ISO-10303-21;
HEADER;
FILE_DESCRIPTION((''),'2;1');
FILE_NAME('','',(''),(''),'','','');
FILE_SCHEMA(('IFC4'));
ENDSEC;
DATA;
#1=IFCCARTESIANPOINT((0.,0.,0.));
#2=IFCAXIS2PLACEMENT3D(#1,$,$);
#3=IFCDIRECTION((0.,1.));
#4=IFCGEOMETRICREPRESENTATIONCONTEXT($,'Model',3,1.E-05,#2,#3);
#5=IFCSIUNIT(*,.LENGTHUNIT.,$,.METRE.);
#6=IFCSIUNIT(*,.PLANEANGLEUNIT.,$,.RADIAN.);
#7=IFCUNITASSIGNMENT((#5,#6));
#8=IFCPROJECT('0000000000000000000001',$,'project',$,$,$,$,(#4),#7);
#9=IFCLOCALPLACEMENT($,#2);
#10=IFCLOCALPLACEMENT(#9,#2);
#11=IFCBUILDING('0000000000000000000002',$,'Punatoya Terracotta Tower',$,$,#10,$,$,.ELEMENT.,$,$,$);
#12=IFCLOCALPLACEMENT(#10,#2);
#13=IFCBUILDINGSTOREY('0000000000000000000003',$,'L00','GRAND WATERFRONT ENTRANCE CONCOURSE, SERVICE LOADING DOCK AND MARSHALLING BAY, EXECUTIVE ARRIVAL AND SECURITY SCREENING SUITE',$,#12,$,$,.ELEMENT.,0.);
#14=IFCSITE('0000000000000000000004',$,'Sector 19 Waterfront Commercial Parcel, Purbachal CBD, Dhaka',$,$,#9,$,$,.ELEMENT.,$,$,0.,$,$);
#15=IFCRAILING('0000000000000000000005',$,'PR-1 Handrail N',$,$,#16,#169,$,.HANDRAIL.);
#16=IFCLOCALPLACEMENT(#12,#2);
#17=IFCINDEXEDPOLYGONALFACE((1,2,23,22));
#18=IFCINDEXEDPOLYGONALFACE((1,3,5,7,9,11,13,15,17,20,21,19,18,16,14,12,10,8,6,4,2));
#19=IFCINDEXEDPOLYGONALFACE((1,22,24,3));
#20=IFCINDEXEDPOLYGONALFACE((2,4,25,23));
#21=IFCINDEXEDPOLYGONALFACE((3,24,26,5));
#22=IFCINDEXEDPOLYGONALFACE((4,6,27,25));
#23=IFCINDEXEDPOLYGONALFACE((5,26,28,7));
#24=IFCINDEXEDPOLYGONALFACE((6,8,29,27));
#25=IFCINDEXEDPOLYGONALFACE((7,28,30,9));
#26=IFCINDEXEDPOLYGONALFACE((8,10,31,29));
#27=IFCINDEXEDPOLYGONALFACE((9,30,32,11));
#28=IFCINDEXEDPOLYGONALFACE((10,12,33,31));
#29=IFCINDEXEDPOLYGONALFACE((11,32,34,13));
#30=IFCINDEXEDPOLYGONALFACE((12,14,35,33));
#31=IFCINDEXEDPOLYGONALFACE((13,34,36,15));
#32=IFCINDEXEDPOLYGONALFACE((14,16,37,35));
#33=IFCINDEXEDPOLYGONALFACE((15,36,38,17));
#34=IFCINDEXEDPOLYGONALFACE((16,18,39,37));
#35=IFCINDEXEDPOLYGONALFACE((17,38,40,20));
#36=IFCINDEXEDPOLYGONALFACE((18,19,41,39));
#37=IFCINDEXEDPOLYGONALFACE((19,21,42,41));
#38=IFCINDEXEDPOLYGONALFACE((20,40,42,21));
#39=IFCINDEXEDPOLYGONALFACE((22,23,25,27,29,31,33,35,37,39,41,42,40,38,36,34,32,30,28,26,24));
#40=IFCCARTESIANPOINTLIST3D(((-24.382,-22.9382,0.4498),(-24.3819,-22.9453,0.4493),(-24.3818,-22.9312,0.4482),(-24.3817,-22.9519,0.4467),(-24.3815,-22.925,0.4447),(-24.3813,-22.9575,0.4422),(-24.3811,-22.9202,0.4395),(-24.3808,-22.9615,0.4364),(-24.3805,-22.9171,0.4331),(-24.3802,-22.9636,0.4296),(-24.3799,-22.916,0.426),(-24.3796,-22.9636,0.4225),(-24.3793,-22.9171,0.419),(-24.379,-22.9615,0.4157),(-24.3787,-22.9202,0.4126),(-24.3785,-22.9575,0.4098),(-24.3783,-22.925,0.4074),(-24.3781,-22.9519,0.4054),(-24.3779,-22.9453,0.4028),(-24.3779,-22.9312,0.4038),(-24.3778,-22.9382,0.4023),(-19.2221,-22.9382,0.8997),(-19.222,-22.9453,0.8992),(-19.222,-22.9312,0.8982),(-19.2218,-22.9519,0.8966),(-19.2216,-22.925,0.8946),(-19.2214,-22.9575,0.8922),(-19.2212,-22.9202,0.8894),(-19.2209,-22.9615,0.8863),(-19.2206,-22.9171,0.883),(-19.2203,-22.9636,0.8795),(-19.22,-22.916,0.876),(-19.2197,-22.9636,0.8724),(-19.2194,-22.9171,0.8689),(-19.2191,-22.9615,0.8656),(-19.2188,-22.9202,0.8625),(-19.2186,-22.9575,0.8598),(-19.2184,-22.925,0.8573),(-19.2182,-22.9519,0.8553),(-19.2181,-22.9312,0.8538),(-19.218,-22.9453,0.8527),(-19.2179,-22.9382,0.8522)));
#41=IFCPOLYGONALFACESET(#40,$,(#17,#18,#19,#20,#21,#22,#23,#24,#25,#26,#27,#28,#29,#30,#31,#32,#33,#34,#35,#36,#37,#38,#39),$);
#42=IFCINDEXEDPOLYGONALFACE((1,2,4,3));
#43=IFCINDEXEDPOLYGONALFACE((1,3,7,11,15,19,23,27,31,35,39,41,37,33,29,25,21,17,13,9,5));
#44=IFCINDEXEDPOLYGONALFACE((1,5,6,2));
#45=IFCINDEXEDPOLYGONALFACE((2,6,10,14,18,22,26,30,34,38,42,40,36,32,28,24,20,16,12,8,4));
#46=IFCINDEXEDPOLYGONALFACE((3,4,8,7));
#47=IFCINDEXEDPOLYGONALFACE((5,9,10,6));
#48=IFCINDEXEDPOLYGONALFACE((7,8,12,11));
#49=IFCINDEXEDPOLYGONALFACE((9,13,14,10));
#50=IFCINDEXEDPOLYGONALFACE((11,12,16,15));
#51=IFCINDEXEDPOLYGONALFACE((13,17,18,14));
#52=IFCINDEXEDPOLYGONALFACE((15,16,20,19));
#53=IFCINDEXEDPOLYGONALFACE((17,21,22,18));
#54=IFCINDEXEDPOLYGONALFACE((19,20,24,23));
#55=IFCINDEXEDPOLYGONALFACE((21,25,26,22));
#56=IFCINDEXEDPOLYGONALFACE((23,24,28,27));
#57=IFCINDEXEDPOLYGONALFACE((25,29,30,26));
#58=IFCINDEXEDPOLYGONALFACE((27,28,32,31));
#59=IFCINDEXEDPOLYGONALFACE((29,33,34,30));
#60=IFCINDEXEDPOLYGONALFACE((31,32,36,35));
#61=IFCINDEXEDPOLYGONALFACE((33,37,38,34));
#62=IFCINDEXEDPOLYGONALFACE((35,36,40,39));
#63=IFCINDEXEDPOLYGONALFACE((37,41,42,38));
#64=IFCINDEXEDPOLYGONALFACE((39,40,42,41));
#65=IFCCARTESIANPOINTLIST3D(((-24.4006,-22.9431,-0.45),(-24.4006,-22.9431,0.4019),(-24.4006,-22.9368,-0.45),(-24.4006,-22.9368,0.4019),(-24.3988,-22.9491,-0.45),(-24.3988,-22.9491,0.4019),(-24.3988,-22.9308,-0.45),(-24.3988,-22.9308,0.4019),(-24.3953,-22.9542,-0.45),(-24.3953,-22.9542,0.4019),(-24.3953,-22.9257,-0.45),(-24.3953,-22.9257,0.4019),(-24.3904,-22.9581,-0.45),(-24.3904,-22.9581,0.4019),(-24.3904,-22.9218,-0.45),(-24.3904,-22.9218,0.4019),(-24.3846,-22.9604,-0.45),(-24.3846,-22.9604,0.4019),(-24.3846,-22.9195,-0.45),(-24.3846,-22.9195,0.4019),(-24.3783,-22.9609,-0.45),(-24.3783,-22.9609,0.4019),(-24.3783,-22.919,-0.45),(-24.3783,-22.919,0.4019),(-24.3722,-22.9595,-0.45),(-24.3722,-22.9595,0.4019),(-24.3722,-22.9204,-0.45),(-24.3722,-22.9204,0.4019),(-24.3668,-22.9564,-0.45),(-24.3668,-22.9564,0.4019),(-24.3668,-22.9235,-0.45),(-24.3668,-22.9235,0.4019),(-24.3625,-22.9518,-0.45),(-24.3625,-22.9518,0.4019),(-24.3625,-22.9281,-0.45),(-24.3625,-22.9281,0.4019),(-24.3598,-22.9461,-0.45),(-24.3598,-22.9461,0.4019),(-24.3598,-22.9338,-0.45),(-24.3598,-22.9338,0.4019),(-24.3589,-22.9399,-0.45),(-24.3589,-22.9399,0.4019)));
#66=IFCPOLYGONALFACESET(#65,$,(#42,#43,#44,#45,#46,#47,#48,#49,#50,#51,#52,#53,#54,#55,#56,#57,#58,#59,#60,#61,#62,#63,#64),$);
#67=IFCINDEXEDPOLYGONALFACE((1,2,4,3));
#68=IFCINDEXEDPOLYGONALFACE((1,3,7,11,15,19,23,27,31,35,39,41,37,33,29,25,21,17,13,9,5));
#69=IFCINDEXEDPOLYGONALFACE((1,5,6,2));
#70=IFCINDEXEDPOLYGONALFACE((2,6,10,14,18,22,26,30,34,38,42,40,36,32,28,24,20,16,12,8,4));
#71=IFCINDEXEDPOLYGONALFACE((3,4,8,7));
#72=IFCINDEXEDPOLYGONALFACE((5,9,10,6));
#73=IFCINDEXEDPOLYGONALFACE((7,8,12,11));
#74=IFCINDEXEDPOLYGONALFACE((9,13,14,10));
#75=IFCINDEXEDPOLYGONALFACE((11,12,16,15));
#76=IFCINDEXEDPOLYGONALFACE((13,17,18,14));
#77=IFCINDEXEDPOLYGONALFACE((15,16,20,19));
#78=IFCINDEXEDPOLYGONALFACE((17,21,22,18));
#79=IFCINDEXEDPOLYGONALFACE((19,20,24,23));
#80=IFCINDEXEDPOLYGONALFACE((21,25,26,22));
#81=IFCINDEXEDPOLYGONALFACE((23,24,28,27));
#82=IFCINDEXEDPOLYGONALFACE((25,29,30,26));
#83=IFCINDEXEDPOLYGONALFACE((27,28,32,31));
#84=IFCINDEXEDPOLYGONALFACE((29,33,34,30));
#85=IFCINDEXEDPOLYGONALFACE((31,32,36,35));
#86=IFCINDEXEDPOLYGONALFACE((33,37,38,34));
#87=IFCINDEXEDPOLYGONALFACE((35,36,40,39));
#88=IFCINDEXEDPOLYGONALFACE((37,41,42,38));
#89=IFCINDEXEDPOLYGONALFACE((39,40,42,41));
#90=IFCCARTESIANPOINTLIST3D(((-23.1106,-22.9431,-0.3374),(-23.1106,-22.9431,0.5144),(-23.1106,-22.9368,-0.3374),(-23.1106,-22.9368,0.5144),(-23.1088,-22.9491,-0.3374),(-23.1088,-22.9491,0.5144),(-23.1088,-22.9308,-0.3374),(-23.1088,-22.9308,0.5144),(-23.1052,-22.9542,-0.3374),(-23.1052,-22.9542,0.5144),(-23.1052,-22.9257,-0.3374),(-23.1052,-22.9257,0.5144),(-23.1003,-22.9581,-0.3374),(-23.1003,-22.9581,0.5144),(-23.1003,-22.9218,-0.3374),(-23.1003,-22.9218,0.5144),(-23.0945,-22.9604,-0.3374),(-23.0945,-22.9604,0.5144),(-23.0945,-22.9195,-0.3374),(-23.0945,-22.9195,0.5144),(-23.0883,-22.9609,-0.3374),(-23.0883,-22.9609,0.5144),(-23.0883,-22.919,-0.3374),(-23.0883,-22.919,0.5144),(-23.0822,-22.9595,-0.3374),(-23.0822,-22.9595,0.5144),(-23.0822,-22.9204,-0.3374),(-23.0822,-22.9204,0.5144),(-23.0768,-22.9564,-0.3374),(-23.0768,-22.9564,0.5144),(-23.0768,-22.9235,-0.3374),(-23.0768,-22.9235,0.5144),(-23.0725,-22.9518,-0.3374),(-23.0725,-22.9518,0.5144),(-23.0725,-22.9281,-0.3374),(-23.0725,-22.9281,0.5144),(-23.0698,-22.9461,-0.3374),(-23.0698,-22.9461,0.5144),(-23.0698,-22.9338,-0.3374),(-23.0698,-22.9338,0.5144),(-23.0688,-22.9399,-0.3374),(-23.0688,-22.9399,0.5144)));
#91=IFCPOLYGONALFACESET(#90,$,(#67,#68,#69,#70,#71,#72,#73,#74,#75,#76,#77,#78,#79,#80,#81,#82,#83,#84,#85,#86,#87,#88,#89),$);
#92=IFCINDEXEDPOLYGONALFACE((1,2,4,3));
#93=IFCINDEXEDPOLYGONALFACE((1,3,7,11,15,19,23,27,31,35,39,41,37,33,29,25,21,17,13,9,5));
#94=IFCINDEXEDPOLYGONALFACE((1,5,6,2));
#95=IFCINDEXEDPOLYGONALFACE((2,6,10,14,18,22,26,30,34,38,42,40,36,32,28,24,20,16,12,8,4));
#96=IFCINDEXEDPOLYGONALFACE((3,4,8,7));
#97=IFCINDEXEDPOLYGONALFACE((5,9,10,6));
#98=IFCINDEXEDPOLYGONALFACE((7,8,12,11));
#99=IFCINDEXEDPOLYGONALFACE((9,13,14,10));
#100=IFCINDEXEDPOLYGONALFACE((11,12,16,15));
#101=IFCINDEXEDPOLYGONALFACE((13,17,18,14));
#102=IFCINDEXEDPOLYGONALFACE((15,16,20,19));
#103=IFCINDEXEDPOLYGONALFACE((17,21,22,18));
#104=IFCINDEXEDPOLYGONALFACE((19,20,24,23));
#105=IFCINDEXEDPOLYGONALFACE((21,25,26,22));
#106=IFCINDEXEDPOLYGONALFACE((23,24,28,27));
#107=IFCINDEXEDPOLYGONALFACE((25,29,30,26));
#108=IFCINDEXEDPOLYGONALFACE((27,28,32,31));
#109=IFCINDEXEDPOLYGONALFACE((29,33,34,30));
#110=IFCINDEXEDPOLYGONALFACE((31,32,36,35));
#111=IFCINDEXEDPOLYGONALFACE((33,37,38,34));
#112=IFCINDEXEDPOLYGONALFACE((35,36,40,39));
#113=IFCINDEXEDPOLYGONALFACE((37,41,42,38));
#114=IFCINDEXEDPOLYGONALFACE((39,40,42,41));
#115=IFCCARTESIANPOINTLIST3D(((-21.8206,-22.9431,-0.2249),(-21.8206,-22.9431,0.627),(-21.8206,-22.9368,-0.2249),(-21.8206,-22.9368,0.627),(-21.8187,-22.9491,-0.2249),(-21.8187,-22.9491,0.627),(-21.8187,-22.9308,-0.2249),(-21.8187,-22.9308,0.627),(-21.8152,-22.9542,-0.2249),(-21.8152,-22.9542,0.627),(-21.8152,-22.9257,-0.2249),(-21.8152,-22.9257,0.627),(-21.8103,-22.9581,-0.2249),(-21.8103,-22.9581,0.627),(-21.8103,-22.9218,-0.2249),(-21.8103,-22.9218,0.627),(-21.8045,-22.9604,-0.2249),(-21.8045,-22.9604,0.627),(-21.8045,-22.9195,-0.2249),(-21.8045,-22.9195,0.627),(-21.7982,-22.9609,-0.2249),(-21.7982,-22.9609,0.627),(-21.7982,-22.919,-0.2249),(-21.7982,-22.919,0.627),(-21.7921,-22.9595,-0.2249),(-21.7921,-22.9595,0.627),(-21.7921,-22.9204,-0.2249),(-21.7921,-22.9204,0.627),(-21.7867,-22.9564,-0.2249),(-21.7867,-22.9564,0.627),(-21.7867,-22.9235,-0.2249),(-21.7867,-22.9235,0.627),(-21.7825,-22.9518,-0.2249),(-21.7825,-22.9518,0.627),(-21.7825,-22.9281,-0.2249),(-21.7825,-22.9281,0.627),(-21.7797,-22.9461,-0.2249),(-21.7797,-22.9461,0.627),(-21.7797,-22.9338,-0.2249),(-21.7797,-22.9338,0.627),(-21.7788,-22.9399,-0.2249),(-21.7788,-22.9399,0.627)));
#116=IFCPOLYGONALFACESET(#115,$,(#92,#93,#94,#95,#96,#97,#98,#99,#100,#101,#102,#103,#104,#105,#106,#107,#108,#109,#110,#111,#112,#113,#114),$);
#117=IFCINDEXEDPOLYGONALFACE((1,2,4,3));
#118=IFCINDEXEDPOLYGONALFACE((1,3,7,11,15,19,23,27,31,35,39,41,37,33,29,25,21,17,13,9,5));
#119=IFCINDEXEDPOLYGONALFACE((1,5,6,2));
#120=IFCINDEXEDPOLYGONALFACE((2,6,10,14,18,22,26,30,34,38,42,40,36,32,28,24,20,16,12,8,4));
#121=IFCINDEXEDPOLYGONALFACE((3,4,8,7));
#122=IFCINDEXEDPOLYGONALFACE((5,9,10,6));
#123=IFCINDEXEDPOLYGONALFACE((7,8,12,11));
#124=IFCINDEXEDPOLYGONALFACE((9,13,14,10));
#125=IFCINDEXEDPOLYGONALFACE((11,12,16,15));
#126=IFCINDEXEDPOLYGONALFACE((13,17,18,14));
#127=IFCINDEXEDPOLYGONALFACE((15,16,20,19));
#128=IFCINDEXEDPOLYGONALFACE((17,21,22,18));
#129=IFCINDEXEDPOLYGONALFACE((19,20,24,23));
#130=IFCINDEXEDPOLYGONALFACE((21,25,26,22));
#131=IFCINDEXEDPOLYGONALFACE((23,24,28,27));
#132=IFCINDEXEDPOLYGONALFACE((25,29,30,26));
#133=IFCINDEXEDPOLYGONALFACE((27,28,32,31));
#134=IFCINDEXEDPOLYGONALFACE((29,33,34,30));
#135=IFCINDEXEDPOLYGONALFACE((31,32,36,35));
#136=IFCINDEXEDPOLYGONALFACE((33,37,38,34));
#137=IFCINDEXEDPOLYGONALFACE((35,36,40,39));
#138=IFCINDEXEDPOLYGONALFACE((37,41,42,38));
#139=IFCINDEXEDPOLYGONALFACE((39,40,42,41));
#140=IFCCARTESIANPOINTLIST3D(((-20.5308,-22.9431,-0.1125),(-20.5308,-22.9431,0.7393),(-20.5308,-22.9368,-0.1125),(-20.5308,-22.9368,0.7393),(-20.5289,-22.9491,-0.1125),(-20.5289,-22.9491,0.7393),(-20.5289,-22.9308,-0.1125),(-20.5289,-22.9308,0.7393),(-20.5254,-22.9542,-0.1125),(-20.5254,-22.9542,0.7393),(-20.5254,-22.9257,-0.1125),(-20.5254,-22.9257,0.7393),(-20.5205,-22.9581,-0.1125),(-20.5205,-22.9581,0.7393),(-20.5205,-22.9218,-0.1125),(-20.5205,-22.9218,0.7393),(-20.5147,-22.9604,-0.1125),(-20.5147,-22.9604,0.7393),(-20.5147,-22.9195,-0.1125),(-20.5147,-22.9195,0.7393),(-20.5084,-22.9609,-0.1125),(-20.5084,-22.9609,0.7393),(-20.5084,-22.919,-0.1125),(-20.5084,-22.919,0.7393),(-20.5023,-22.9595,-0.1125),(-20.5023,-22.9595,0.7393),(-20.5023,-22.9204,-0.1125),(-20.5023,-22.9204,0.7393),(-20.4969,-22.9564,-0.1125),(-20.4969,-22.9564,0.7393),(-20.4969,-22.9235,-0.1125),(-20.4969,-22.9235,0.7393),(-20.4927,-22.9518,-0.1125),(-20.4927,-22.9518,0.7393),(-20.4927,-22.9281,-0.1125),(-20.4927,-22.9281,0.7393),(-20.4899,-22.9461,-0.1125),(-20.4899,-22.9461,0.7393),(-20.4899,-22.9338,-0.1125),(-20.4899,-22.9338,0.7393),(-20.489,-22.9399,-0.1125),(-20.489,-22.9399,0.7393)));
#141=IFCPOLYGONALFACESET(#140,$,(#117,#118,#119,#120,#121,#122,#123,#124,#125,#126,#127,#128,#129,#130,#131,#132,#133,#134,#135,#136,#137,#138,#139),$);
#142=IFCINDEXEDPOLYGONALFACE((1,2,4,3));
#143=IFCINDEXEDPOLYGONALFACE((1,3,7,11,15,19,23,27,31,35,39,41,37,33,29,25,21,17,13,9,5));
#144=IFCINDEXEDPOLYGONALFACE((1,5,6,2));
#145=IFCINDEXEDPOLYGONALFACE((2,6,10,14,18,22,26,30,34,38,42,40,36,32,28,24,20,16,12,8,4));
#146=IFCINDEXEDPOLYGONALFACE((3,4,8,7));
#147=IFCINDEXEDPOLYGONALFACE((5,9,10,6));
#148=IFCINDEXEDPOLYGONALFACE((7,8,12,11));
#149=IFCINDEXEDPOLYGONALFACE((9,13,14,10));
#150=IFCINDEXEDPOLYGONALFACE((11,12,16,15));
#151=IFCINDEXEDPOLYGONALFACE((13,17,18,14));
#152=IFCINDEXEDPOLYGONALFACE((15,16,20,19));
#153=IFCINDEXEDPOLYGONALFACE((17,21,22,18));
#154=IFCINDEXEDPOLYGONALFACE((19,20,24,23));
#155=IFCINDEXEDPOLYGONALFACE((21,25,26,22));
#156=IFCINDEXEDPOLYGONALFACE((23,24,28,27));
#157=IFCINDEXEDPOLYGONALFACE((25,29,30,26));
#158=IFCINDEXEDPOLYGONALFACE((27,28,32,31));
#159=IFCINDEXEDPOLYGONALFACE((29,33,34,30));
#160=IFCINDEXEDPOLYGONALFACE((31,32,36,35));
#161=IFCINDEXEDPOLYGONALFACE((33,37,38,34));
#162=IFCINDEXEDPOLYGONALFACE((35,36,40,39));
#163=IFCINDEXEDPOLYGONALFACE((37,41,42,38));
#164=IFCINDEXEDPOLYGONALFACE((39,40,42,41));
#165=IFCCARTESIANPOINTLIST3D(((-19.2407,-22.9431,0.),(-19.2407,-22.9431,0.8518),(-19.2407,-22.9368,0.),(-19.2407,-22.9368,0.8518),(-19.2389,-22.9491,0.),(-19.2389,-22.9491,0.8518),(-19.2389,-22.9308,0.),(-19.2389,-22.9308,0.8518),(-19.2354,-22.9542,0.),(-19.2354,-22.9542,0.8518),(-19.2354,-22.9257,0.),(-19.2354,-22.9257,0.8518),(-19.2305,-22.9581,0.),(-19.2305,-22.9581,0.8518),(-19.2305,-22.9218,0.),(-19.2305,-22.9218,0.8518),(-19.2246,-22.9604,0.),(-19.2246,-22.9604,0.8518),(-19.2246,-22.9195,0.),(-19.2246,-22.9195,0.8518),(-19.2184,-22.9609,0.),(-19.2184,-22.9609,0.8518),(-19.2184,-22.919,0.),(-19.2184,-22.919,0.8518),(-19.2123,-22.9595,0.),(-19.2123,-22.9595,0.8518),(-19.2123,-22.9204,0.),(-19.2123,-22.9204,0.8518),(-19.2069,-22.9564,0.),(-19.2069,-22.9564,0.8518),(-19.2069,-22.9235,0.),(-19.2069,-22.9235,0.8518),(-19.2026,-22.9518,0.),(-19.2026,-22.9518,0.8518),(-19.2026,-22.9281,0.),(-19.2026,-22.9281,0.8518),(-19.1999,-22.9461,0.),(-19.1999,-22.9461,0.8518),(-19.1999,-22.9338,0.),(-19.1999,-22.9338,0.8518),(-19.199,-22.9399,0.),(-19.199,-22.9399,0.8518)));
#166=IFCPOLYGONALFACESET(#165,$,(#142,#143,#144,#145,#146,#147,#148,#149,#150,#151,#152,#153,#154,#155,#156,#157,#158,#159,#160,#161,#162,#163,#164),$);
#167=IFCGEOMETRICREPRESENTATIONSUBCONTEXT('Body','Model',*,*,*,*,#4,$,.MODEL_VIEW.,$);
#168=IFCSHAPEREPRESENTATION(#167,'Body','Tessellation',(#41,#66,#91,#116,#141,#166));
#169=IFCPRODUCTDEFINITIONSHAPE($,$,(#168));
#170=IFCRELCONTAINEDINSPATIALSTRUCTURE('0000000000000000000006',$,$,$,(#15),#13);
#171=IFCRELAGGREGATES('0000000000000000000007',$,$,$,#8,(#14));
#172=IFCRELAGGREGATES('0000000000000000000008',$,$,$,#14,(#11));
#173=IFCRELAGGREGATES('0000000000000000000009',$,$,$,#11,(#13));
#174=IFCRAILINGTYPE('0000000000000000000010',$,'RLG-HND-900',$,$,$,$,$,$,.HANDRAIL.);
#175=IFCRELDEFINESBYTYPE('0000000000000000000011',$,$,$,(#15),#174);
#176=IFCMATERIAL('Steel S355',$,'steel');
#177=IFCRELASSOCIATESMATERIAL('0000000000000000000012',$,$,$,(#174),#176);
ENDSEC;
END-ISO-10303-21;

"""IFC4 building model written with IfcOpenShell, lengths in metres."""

from ifc_helpers import new_model, si_unit, direction, frame, origin, origin_2d, place, context, subcontext, project, spatial, circle, extrude, material, type_object, element, save


model = new_model("IFC4")

# Units and contexts
model_context = context("Model", 3, precision=1e-05, world=origin(), true_north=direction((0.0, 1.0)))
body_context = subcontext(model_context, "Body", "Model", "MODEL_VIEW")
ifc_project = project(units=[si_unit("LENGTHUNIT", "METRE"), si_unit("PLANEANGLEUNIT", "RADIAN")], contexts=[model_context])

# Site, building, storey
site_placement = place(None, origin())
site = spatial("IfcSite", under=ifc_project, at=site_placement, Name="Sector 19 Waterfront Commercial Parcel, Purbachal CBD, Dhaka", CompositionType="ELEMENT", RefElevation=0.0)
building_placement = place(site_placement, origin())
building = spatial("IfcBuilding", under=site, at=building_placement, Name="Punatoya Terracotta Tower", CompositionType="ELEMENT")
storey_placement = place(building_placement, origin())
storey = spatial("IfcBuildingStorey", under=building, at=storey_placement, Name="L00", Description="GRAND WATERFRONT ENTRANCE CONCOURSE, SERVICE LOADING DOCK AND MARSHALLING BAY, EXECUTIVE ARRIVAL AND SECURITY SCREENING SUITE", CompositionType="ELEMENT", Elevation=0.0)

# Shared definitions
ifc_material_1 = material(Name="Steel S355", Category="steel")

# Railing
railing_type_1 = type_object("IfcRailingType", Name="RLG-HND-900", PredefinedType="HANDRAIL", material=ifc_material_1)
for number, where, name in (
    (1, (-24.3799, -22.9399, -0.45), "PR-1 Handrail N"),
):
    element("IfcRailing", number, at=place(storey_placement, frame(where)), inside=storey, type_object=railing_type_1, Name=name, PredefinedType="HANDRAIL", context=body_context, shape_type="SweptSolid", body=[
        extrude(circle(Radius=0.0239, at=origin_2d()), frame((0.0, 0.0, 0.876), z_axis=(0.99622, 0.0, 0.086872), x_axis=(0.0, 1.0, 0.0)), (0.0, 0.0, 1.0), 5.1794),
        extrude(circle(Radius=0.021, at=origin_2d()), origin(), (0.0, 0.0, 1.0), 0.8518),
        extrude(circle(Radius=0.021, at=origin_2d()), frame((1.29, 0.0, 0.1125)), (0.0, 0.0, 1.0), 0.8518),
        extrude(circle(Radius=0.021, at=origin_2d()), frame((2.5801, 0.0, 0.2251)), (0.0, 0.0, 1.0), 0.8518),
        extrude(circle(Radius=0.021, at=origin_2d()), frame((3.8699, 0.0, 0.3374)), (0.0, 0.0, 1.0), 0.8518),
        extrude(circle(Radius=0.021, at=origin_2d()), frame((5.1599, 0.0, 0.45)), (0.0, 0.0, 1.0), 0.8518),
    ])

save(model, "model.ifc")
